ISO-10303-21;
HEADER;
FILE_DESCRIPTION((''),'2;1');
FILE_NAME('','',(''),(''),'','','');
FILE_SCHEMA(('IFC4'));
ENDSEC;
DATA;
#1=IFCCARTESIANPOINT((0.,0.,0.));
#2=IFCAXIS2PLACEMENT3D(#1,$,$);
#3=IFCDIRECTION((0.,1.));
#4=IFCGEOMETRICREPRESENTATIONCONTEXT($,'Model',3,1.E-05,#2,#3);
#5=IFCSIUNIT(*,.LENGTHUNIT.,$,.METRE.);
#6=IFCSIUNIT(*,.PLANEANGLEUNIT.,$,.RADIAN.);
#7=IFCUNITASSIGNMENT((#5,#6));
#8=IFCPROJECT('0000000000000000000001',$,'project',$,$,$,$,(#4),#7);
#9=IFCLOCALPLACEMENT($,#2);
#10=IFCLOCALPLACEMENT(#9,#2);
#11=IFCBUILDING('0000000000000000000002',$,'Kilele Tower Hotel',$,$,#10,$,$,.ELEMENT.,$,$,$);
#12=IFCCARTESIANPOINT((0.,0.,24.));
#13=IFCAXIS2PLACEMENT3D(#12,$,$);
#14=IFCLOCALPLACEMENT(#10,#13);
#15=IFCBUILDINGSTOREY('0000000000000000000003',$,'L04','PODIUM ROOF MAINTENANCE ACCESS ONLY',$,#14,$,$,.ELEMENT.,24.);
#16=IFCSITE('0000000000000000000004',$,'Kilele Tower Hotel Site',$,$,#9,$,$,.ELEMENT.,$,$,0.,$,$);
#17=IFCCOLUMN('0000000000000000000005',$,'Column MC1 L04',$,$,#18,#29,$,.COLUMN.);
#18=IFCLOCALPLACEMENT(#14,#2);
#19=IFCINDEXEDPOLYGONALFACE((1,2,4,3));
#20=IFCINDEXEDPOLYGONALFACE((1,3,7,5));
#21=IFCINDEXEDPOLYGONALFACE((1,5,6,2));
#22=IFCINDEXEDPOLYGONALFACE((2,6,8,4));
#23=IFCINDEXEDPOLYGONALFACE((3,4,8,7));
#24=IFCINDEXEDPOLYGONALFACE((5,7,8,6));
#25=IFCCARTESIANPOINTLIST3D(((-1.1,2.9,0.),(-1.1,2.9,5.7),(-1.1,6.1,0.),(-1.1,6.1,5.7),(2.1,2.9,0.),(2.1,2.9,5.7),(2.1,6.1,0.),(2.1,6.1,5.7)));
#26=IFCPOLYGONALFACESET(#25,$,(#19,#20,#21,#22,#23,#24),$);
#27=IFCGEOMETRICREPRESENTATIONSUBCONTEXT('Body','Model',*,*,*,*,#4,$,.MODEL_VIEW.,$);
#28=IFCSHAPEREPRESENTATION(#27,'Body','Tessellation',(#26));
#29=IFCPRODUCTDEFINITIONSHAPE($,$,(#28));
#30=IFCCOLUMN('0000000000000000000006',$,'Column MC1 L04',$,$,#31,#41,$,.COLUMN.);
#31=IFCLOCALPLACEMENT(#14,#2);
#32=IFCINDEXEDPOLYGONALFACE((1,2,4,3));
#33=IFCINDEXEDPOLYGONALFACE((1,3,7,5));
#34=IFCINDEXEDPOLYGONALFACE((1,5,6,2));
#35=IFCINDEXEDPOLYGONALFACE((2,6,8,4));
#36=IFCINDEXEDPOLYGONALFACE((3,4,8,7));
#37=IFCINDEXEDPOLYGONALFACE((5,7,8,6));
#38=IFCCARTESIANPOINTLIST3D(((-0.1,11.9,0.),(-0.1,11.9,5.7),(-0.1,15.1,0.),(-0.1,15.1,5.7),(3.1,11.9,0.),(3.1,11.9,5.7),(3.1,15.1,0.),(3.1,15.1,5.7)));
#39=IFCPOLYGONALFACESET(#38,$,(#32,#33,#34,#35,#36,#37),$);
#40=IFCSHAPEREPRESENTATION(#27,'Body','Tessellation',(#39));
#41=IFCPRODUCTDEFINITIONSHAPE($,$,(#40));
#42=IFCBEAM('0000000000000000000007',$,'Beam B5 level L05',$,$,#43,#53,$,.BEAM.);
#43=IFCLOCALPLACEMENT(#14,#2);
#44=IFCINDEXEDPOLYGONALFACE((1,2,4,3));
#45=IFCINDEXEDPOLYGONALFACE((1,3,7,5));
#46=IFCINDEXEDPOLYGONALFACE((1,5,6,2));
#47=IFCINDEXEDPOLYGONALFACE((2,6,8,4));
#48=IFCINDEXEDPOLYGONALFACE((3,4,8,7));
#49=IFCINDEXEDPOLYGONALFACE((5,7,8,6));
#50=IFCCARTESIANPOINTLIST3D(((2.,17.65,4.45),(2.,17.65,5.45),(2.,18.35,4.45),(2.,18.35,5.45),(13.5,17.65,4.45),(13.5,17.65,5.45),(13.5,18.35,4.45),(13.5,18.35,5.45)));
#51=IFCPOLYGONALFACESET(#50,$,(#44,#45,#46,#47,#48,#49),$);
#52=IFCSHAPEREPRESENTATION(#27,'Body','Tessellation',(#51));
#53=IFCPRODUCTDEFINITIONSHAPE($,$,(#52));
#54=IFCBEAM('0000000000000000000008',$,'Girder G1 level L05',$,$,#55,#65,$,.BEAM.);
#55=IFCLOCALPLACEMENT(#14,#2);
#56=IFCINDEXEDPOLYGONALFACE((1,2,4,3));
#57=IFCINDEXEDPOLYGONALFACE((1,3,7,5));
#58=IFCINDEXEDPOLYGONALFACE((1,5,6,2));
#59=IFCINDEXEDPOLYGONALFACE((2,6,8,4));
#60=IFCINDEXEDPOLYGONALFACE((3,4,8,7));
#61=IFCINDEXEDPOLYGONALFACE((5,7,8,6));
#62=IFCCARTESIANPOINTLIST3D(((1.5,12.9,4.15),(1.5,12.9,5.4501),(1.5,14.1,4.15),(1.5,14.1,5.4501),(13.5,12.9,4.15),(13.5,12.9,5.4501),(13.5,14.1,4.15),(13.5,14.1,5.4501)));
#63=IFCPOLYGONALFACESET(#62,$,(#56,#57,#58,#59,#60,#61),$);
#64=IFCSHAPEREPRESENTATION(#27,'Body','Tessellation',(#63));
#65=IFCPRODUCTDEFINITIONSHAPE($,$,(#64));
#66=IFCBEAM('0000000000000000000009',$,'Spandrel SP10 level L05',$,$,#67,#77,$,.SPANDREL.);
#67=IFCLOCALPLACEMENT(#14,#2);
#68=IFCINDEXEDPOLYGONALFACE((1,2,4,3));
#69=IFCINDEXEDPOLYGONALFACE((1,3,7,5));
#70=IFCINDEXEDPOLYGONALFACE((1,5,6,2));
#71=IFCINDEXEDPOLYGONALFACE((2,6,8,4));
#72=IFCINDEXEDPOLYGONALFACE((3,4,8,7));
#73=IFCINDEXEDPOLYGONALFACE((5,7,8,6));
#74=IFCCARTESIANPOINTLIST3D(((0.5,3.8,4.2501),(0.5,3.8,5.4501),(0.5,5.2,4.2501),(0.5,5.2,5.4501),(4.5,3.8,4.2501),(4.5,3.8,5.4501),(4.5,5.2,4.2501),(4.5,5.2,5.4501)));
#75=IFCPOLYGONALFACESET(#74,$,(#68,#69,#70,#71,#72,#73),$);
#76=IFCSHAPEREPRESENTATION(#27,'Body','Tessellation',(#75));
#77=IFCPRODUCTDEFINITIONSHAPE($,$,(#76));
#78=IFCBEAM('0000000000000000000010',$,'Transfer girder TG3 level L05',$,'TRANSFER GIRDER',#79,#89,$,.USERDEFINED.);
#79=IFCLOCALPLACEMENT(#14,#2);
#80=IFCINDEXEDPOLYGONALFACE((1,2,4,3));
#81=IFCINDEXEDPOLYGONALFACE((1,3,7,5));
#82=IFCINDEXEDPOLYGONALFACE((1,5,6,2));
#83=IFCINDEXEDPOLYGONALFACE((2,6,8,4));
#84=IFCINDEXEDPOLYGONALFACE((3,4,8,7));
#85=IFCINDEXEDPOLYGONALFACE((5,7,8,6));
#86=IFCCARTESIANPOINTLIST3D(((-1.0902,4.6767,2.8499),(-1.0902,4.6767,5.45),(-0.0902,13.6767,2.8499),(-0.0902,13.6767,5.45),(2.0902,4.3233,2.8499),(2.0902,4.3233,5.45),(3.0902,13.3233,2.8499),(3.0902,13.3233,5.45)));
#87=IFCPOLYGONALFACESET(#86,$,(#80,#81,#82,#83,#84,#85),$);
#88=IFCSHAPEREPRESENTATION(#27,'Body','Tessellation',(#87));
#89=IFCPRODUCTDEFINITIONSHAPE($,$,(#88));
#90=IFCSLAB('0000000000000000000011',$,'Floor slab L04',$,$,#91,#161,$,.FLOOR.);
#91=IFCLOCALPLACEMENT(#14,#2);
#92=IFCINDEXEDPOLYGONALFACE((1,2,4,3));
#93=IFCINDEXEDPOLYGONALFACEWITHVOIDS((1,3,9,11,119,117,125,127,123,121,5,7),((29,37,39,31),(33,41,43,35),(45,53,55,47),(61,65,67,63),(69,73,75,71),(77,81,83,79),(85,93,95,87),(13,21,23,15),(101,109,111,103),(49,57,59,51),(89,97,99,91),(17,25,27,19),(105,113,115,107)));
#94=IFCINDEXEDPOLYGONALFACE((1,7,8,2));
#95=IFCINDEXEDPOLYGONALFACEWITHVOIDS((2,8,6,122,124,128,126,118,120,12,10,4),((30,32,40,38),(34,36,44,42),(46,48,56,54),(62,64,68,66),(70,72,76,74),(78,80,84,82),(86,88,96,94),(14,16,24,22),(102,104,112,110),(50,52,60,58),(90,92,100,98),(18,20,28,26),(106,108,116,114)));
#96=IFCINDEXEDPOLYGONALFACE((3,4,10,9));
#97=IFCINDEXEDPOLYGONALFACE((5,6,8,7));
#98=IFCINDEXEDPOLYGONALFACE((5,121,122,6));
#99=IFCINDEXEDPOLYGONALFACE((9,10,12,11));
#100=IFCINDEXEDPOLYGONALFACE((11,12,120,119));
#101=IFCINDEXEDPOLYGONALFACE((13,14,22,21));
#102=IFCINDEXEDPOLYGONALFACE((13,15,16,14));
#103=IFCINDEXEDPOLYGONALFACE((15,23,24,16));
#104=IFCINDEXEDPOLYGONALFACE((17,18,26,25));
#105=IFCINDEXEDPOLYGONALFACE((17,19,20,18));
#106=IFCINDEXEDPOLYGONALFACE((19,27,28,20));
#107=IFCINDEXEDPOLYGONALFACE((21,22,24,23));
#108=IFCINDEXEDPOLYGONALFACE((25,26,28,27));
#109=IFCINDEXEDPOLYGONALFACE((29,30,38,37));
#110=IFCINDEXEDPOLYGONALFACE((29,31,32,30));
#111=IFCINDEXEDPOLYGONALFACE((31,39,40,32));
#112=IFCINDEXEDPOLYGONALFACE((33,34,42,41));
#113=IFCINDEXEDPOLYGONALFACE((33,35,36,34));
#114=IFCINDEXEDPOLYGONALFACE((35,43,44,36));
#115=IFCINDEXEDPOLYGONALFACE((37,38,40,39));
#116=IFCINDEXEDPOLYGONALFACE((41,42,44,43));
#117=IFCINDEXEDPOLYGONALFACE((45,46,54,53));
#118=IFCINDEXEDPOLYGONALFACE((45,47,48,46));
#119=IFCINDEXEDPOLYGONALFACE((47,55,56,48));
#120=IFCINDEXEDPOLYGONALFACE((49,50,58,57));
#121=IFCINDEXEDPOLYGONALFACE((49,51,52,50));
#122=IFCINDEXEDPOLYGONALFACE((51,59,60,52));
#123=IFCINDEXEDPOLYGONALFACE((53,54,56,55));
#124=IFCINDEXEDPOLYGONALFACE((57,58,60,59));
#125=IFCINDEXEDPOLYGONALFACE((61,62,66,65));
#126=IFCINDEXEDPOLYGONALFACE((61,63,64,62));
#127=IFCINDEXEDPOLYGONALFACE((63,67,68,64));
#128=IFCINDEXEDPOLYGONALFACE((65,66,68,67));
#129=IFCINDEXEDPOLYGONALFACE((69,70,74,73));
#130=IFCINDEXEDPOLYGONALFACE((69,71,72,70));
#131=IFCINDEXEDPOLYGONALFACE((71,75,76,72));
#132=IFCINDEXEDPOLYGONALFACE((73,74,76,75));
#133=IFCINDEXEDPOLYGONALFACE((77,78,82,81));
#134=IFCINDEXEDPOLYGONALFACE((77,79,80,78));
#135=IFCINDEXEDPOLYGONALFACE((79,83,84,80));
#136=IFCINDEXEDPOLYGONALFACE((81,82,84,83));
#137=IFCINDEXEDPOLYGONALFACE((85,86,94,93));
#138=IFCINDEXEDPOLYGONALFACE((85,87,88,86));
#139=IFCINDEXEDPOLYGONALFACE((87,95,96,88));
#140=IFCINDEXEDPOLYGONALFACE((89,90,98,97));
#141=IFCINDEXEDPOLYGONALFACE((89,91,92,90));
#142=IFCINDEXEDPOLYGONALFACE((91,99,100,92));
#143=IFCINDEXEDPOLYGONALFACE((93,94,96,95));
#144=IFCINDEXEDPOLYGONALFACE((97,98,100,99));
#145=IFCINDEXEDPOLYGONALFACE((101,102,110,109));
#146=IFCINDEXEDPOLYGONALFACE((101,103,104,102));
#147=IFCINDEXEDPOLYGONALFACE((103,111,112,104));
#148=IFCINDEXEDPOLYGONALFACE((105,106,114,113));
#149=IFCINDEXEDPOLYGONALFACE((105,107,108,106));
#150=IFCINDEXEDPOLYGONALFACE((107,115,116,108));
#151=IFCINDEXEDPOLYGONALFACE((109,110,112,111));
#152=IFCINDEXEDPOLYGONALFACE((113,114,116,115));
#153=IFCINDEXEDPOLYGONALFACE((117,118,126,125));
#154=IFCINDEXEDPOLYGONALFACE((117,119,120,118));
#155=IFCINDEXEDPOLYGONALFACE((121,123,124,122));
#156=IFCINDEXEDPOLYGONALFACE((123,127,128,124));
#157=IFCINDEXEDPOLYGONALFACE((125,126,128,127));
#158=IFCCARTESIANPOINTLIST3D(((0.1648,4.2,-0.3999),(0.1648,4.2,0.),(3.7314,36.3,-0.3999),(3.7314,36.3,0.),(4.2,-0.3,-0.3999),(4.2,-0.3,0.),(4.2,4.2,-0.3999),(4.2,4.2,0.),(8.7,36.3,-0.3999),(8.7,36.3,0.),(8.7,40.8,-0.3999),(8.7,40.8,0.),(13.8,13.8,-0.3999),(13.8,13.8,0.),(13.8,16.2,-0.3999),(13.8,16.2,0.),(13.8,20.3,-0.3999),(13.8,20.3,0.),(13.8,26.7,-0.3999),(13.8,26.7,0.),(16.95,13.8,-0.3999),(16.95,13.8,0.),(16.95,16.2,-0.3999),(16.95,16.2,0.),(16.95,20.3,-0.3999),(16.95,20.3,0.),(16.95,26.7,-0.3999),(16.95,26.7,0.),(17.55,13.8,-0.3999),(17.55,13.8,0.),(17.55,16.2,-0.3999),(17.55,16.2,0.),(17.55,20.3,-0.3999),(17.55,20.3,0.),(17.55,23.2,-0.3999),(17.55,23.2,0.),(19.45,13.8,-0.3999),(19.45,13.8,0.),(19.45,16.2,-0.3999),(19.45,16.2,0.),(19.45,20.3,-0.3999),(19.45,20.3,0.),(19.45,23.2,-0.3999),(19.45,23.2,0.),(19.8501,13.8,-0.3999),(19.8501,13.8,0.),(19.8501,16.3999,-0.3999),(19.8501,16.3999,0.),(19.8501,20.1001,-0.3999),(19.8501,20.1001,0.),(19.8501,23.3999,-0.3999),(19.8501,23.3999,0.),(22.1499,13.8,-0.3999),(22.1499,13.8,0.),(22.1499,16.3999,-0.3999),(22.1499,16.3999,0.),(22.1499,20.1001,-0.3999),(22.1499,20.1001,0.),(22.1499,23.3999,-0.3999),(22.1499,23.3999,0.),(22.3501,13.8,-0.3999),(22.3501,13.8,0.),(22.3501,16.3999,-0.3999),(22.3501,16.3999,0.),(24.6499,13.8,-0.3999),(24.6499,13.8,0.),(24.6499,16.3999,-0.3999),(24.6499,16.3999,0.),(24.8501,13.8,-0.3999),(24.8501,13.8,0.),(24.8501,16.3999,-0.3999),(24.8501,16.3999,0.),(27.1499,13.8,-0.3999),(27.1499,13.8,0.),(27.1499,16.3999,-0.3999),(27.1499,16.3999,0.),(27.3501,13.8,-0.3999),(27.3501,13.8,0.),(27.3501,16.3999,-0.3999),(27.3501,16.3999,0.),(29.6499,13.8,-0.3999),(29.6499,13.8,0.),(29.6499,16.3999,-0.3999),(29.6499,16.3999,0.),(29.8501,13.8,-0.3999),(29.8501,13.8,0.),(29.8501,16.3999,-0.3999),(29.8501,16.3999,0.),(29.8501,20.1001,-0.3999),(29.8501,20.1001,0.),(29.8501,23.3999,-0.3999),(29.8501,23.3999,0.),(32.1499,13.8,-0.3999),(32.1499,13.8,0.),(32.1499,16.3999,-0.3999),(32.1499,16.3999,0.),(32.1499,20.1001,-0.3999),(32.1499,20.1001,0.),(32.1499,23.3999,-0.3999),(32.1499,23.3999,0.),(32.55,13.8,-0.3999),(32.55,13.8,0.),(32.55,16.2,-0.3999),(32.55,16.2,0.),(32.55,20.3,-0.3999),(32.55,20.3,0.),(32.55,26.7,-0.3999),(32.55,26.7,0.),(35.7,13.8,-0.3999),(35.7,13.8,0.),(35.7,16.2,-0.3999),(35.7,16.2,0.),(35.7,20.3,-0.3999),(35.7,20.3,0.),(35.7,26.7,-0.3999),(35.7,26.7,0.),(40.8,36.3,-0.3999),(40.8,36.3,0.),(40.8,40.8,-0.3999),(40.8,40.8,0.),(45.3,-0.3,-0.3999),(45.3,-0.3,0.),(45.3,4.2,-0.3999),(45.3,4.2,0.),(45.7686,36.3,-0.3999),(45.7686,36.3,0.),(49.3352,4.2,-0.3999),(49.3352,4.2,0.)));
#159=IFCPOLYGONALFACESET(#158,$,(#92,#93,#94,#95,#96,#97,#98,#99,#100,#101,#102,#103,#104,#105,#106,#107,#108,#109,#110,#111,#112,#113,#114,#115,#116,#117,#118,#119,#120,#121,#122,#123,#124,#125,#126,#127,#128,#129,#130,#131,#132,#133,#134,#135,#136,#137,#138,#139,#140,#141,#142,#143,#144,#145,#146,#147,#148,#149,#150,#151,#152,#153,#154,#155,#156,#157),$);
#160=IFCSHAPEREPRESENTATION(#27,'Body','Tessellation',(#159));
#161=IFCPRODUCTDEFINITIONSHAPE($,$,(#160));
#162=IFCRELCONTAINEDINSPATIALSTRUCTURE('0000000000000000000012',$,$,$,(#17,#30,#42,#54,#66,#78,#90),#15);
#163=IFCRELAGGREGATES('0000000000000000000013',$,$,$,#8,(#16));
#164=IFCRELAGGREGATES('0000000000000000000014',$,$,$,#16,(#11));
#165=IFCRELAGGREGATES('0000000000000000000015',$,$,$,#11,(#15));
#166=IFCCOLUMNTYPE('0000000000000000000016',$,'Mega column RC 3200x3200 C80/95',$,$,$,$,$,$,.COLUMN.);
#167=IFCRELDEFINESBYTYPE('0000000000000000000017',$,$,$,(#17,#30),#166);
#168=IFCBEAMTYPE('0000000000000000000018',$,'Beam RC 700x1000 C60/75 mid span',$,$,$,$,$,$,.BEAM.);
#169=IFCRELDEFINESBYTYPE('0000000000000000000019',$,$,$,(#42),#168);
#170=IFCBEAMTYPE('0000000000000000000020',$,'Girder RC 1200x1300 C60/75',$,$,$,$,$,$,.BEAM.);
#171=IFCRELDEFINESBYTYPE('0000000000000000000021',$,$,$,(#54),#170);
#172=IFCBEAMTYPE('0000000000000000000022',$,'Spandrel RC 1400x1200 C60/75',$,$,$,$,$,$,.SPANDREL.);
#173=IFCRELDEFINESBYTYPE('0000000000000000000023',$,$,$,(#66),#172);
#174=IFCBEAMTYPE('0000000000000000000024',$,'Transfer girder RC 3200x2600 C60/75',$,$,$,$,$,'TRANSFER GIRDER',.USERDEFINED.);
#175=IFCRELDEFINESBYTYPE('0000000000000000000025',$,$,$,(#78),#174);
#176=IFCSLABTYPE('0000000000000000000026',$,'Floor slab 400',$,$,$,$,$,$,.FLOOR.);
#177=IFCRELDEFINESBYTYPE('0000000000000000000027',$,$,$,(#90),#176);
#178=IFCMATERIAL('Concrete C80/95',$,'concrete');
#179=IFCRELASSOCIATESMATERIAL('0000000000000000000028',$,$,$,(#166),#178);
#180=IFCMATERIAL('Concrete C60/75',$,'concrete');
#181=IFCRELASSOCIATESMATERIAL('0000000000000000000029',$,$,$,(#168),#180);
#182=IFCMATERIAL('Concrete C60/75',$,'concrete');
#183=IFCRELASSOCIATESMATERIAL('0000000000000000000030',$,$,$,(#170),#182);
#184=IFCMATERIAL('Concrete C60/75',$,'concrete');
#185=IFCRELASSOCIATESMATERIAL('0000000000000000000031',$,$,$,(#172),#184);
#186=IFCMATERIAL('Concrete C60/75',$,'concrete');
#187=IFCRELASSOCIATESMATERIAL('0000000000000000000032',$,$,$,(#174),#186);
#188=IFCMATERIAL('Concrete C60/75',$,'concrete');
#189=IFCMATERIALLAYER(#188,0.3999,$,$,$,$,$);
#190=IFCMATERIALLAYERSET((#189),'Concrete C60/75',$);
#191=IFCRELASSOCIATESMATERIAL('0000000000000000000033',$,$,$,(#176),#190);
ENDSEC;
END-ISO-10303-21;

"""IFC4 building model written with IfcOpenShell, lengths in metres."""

from ifc_helpers import new_model, si_unit, direction, frame, origin, origin_2d, place, context, subcontext, project, spatial, polyline, rectangle, outline, extrude, material, layer, layer_set, material_profile, profile_set, type_object, element, save


model = new_model("IFC4")

# Units and contexts
model_context = context("Model", 3, precision=1e-05, world=origin(), true_north=direction((0.0, 1.0)))
body_context = subcontext(model_context, "Body", "Model", "MODEL_VIEW")
ifc_project = project(units=[si_unit("LENGTHUNIT", "METRE"), si_unit("PLANEANGLEUNIT", "RADIAN")], contexts=[model_context])

# Site, building, storey
site_placement = place(None, origin())
site = spatial("IfcSite", under=ifc_project, at=site_placement, Name="Kilele Tower Hotel Site", CompositionType="ELEMENT", RefElevation=0.0)
building_placement = place(site_placement, origin())
building = spatial("IfcBuilding", under=site, at=building_placement, Name="Kilele Tower Hotel", CompositionType="ELEMENT")
storey_placement = place(building_placement, frame((0.0, 0.0, 24.0)))
storey = spatial("IfcBuildingStorey", under=building, at=storey_placement, Name="L04", Description="PODIUM ROOF MAINTENANCE ACCESS ONLY", CompositionType="ELEMENT", Elevation=24.0)

# Columns
ifc_material_1 = material(Name="Concrete C80/95", Category="concrete")
ifc_material_profile_1 = material_profile(ifc_material_1, rectangle(XDim=3.2, YDim=3.2, at=origin_2d()))
ifc_profile_set_1 = profile_set([ifc_material_profile_1], Name="Concrete C80/95")
column_type = type_object("IfcColumnType", Name="Mega column RC 3200x3200 C80/95", PredefinedType="COLUMN", material=ifc_profile_set_1)
for number, where, z_axis, x_axis, name in (
    (1, (0.5, 4.5, 0.0), (0.0, 0.0, 1.0), (1.0, 0.0, 0.0), "Column MC1 L04"),
    (2, (1.5, 13.5, 0.0), (0.0, 0.0, 1.0), (1.0, 0.0, 0.0), "Column MC1 L04"),
):
    element("IfcColumn", number, at=place(storey_placement, frame(where, z_axis=z_axis, x_axis=x_axis)), inside=storey, type_object=column_type, Name=name, PredefinedType="COLUMN", context=body_context, shape_type="SweptSolid", body=[
        extrude(rectangle(XDim=3.2, YDim=3.2, at=origin_2d()), origin(), (0.0, 0.0, 1.0), 5.7),
    ])

# Beams
ifc_material_2 = material(Name="Concrete C60/75", Category="concrete")
ifc_material_profile_2 = material_profile(ifc_material_2, rectangle(XDim=0.7, YDim=1.0, at=origin_2d()))
ifc_profile_set_2 = profile_set([ifc_material_profile_2], Name="Concrete C60/75")
beam_type_1 = type_object("IfcBeamType", Name="Beam RC 700x1000 C60/75 mid span", PredefinedType="BEAM", material=ifc_profile_set_2)
beam_1_placement = place(storey_placement, frame((2.0, 18.0, 4.95), z_axis=(1.0, 0.0, 0.0), x_axis=(0.0, 1.0, 0.0)))
element("IfcBeam", 3, at=beam_1_placement, inside=storey, type_object=beam_type_1, Name="Beam B5 level L05", PredefinedType="BEAM", context=body_context, shape_type="SweptSolid", body=[
    extrude(rectangle(XDim=0.7, YDim=1.0, at=origin_2d()), origin(), (0.0, 0.0, 1.0), 11.5),
])
ifc_material_3 = material(Name="Concrete C60/75", Category="concrete")
ifc_material_profile_3 = material_profile(ifc_material_3, rectangle(XDim=1.2, YDim=1.3, at=origin_2d()))
ifc_profile_set_3 = profile_set([ifc_material_profile_3], Name="Concrete C60/75")
beam_type_2 = type_object("IfcBeamType", Name="Girder RC 1200x1300 C60/75", PredefinedType="BEAM", material=ifc_profile_set_3)
beam_2_placement = place(storey_placement, frame((1.5, 13.5, 4.8), z_axis=(1.0, 0.0, 0.0), x_axis=(0.0, 1.0, 0.0)))
element("IfcBeam", 4, at=beam_2_placement, inside=storey, type_object=beam_type_2, Name="Girder G1 level L05", PredefinedType="BEAM", context=body_context, shape_type="SweptSolid", body=[
    extrude(rectangle(XDim=1.2, YDim=1.3, at=origin_2d()), origin(), (0.0, 0.0, 1.0), 12.0),
])
ifc_material_4 = material(Name="Concrete C60/75", Category="concrete")
ifc_material_profile_4 = material_profile(ifc_material_4, rectangle(XDim=1.3999, YDim=1.2, at=origin_2d()))
ifc_profile_set_4 = profile_set([ifc_material_profile_4], Name="Concrete C60/75")
beam_type_3 = type_object("IfcBeamType", Name="Spandrel RC 1400x1200 C60/75", PredefinedType="SPANDREL", material=ifc_profile_set_4)
beam_3_placement = place(storey_placement, frame((0.5, 4.5, 4.8501), z_axis=(1.0, 0.0, 0.0), x_axis=(0.0, 1.0, 0.0)))
element("IfcBeam", 5, at=beam_3_placement, inside=storey, type_object=beam_type_3, Name="Spandrel SP10 level L05", PredefinedType="SPANDREL", context=body_context, shape_type="SweptSolid", body=[
    extrude(rectangle(XDim=1.3999, YDim=1.2, at=origin_2d()), origin(), (0.0, 0.0, 1.0), 4.0),
])
ifc_material_5 = material(Name="Concrete C60/75", Category="concrete")
ifc_material_profile_5 = material_profile(ifc_material_5, rectangle(XDim=3.2, YDim=2.6001, at=origin_2d()))
ifc_profile_set_5 = profile_set([ifc_material_profile_5], Name="Concrete C60/75")
beam_type_4 = type_object("IfcBeamType", Name="Transfer girder RC 3200x2600 C60/75", ElementType="TRANSFER GIRDER", PredefinedType="USERDEFINED", material=ifc_profile_set_5)
beam_4_placement = place(storey_placement, frame((1.5, 13.5, 4.1499), z_axis=(-0.110432, -0.993884, 0.0), x_axis=(0.993884, -0.110432, 0.0)))
element("IfcBeam", 6, at=beam_4_placement, inside=storey, type_object=beam_type_4, Name="Transfer girder TG3 level L05", ObjectType="TRANSFER GIRDER", PredefinedType="USERDEFINED", context=body_context, shape_type="SweptSolid", body=[
    extrude(rectangle(XDim=3.2, YDim=2.6001, at=origin_2d()), origin(), (0.0, 0.0, 1.0), 9.0554),
])

# Slab
ifc_material_6 = material(Name="Concrete C60/75", Category="concrete")
ifc_layer_1 = layer(ifc_material_6, 0.3999)
ifc_layer_set_1 = layer_set([ifc_layer_1], Name="Concrete C60/75")
slab_type_1 = type_object("IfcSlabType", Name="Floor slab 400", PredefinedType="FLOOR", material=ifc_layer_set_1)
slab_1_placement = place(storey_placement, frame((0.0, 0.0, -0.3999)))
element("IfcSlab", 7, at=slab_1_placement, inside=storey, type_object=slab_type_1, Name="Floor slab L04", PredefinedType="FLOOR", context=body_context, shape_type="SweptSolid", body=[
    extrude(outline(polyline([(3.7314, 36.3), (8.7, 36.3), (8.7, 40.8), (40.8, 40.8), (40.8, 36.3), (45.7686, 36.3), (49.3352, 4.2), (45.3, 4.2), (45.3, -0.3), (4.2, -0.3), (4.2, 4.2), (0.1648, 4.2), (3.7314, 36.3)]), holes=[polyline([(16.95, 16.2), (13.8, 16.2), (13.8, 13.8), (16.95, 13.8), (16.95, 16.2)]), polyline([(19.45, 13.8), (19.45, 16.2), (17.55, 16.2), (17.55, 13.8), (19.45, 13.8)]), polyline([(22.1499, 13.8), (22.1499, 16.3999), (19.8501, 16.3999), (19.8501, 13.8), (22.1499, 13.8)]), polyline([(24.6499, 16.3999), (22.3501, 16.3999), (22.3501, 13.8), (24.6499, 13.8), (24.6499, 16.3999)]), polyline([(19.45, 20.3), (19.45, 23.2), (17.55, 23.2), (17.55, 20.3), (19.45, 20.3)]), polyline([(22.1499, 20.1001), (22.1499, 23.3999), (19.8501, 23.3999), (19.8501, 20.1001), (22.1499, 20.1001)]), polyline([(16.95, 26.7), (13.8, 26.7), (13.8, 20.3), (16.95, 20.3), (16.95, 26.7)]), polyline([(35.7, 13.8), (35.7, 16.2), (32.55, 16.2), (32.55, 13.8), (35.7, 13.8)]), polyline([(27.1499, 13.8), (27.1499, 16.3999), (24.8501, 16.3999), (24.8501, 13.8), (27.1499, 13.8)]), polyline([(29.6499, 13.8), (29.6499, 16.3999), (27.3501, 16.3999), (27.3501, 13.8), (29.6499, 13.8)]), polyline([(32.1499, 13.8), (32.1499, 16.3999), (29.8501, 16.3999), (29.8501, 13.8), (32.1499, 13.8)]), polyline([(32.1499, 20.1001), (32.1499, 23.3999), (29.8501, 23.3999), (29.8501, 20.1001), (32.1499, 20.1001)]), polyline([(35.7, 20.3), (35.7, 26.7), (32.55, 26.7), (32.55, 20.3), (35.7, 20.3)])]), origin(), (0.0, 0.0, 1.0), 0.3999),
])

save(model, "model.ifc")
